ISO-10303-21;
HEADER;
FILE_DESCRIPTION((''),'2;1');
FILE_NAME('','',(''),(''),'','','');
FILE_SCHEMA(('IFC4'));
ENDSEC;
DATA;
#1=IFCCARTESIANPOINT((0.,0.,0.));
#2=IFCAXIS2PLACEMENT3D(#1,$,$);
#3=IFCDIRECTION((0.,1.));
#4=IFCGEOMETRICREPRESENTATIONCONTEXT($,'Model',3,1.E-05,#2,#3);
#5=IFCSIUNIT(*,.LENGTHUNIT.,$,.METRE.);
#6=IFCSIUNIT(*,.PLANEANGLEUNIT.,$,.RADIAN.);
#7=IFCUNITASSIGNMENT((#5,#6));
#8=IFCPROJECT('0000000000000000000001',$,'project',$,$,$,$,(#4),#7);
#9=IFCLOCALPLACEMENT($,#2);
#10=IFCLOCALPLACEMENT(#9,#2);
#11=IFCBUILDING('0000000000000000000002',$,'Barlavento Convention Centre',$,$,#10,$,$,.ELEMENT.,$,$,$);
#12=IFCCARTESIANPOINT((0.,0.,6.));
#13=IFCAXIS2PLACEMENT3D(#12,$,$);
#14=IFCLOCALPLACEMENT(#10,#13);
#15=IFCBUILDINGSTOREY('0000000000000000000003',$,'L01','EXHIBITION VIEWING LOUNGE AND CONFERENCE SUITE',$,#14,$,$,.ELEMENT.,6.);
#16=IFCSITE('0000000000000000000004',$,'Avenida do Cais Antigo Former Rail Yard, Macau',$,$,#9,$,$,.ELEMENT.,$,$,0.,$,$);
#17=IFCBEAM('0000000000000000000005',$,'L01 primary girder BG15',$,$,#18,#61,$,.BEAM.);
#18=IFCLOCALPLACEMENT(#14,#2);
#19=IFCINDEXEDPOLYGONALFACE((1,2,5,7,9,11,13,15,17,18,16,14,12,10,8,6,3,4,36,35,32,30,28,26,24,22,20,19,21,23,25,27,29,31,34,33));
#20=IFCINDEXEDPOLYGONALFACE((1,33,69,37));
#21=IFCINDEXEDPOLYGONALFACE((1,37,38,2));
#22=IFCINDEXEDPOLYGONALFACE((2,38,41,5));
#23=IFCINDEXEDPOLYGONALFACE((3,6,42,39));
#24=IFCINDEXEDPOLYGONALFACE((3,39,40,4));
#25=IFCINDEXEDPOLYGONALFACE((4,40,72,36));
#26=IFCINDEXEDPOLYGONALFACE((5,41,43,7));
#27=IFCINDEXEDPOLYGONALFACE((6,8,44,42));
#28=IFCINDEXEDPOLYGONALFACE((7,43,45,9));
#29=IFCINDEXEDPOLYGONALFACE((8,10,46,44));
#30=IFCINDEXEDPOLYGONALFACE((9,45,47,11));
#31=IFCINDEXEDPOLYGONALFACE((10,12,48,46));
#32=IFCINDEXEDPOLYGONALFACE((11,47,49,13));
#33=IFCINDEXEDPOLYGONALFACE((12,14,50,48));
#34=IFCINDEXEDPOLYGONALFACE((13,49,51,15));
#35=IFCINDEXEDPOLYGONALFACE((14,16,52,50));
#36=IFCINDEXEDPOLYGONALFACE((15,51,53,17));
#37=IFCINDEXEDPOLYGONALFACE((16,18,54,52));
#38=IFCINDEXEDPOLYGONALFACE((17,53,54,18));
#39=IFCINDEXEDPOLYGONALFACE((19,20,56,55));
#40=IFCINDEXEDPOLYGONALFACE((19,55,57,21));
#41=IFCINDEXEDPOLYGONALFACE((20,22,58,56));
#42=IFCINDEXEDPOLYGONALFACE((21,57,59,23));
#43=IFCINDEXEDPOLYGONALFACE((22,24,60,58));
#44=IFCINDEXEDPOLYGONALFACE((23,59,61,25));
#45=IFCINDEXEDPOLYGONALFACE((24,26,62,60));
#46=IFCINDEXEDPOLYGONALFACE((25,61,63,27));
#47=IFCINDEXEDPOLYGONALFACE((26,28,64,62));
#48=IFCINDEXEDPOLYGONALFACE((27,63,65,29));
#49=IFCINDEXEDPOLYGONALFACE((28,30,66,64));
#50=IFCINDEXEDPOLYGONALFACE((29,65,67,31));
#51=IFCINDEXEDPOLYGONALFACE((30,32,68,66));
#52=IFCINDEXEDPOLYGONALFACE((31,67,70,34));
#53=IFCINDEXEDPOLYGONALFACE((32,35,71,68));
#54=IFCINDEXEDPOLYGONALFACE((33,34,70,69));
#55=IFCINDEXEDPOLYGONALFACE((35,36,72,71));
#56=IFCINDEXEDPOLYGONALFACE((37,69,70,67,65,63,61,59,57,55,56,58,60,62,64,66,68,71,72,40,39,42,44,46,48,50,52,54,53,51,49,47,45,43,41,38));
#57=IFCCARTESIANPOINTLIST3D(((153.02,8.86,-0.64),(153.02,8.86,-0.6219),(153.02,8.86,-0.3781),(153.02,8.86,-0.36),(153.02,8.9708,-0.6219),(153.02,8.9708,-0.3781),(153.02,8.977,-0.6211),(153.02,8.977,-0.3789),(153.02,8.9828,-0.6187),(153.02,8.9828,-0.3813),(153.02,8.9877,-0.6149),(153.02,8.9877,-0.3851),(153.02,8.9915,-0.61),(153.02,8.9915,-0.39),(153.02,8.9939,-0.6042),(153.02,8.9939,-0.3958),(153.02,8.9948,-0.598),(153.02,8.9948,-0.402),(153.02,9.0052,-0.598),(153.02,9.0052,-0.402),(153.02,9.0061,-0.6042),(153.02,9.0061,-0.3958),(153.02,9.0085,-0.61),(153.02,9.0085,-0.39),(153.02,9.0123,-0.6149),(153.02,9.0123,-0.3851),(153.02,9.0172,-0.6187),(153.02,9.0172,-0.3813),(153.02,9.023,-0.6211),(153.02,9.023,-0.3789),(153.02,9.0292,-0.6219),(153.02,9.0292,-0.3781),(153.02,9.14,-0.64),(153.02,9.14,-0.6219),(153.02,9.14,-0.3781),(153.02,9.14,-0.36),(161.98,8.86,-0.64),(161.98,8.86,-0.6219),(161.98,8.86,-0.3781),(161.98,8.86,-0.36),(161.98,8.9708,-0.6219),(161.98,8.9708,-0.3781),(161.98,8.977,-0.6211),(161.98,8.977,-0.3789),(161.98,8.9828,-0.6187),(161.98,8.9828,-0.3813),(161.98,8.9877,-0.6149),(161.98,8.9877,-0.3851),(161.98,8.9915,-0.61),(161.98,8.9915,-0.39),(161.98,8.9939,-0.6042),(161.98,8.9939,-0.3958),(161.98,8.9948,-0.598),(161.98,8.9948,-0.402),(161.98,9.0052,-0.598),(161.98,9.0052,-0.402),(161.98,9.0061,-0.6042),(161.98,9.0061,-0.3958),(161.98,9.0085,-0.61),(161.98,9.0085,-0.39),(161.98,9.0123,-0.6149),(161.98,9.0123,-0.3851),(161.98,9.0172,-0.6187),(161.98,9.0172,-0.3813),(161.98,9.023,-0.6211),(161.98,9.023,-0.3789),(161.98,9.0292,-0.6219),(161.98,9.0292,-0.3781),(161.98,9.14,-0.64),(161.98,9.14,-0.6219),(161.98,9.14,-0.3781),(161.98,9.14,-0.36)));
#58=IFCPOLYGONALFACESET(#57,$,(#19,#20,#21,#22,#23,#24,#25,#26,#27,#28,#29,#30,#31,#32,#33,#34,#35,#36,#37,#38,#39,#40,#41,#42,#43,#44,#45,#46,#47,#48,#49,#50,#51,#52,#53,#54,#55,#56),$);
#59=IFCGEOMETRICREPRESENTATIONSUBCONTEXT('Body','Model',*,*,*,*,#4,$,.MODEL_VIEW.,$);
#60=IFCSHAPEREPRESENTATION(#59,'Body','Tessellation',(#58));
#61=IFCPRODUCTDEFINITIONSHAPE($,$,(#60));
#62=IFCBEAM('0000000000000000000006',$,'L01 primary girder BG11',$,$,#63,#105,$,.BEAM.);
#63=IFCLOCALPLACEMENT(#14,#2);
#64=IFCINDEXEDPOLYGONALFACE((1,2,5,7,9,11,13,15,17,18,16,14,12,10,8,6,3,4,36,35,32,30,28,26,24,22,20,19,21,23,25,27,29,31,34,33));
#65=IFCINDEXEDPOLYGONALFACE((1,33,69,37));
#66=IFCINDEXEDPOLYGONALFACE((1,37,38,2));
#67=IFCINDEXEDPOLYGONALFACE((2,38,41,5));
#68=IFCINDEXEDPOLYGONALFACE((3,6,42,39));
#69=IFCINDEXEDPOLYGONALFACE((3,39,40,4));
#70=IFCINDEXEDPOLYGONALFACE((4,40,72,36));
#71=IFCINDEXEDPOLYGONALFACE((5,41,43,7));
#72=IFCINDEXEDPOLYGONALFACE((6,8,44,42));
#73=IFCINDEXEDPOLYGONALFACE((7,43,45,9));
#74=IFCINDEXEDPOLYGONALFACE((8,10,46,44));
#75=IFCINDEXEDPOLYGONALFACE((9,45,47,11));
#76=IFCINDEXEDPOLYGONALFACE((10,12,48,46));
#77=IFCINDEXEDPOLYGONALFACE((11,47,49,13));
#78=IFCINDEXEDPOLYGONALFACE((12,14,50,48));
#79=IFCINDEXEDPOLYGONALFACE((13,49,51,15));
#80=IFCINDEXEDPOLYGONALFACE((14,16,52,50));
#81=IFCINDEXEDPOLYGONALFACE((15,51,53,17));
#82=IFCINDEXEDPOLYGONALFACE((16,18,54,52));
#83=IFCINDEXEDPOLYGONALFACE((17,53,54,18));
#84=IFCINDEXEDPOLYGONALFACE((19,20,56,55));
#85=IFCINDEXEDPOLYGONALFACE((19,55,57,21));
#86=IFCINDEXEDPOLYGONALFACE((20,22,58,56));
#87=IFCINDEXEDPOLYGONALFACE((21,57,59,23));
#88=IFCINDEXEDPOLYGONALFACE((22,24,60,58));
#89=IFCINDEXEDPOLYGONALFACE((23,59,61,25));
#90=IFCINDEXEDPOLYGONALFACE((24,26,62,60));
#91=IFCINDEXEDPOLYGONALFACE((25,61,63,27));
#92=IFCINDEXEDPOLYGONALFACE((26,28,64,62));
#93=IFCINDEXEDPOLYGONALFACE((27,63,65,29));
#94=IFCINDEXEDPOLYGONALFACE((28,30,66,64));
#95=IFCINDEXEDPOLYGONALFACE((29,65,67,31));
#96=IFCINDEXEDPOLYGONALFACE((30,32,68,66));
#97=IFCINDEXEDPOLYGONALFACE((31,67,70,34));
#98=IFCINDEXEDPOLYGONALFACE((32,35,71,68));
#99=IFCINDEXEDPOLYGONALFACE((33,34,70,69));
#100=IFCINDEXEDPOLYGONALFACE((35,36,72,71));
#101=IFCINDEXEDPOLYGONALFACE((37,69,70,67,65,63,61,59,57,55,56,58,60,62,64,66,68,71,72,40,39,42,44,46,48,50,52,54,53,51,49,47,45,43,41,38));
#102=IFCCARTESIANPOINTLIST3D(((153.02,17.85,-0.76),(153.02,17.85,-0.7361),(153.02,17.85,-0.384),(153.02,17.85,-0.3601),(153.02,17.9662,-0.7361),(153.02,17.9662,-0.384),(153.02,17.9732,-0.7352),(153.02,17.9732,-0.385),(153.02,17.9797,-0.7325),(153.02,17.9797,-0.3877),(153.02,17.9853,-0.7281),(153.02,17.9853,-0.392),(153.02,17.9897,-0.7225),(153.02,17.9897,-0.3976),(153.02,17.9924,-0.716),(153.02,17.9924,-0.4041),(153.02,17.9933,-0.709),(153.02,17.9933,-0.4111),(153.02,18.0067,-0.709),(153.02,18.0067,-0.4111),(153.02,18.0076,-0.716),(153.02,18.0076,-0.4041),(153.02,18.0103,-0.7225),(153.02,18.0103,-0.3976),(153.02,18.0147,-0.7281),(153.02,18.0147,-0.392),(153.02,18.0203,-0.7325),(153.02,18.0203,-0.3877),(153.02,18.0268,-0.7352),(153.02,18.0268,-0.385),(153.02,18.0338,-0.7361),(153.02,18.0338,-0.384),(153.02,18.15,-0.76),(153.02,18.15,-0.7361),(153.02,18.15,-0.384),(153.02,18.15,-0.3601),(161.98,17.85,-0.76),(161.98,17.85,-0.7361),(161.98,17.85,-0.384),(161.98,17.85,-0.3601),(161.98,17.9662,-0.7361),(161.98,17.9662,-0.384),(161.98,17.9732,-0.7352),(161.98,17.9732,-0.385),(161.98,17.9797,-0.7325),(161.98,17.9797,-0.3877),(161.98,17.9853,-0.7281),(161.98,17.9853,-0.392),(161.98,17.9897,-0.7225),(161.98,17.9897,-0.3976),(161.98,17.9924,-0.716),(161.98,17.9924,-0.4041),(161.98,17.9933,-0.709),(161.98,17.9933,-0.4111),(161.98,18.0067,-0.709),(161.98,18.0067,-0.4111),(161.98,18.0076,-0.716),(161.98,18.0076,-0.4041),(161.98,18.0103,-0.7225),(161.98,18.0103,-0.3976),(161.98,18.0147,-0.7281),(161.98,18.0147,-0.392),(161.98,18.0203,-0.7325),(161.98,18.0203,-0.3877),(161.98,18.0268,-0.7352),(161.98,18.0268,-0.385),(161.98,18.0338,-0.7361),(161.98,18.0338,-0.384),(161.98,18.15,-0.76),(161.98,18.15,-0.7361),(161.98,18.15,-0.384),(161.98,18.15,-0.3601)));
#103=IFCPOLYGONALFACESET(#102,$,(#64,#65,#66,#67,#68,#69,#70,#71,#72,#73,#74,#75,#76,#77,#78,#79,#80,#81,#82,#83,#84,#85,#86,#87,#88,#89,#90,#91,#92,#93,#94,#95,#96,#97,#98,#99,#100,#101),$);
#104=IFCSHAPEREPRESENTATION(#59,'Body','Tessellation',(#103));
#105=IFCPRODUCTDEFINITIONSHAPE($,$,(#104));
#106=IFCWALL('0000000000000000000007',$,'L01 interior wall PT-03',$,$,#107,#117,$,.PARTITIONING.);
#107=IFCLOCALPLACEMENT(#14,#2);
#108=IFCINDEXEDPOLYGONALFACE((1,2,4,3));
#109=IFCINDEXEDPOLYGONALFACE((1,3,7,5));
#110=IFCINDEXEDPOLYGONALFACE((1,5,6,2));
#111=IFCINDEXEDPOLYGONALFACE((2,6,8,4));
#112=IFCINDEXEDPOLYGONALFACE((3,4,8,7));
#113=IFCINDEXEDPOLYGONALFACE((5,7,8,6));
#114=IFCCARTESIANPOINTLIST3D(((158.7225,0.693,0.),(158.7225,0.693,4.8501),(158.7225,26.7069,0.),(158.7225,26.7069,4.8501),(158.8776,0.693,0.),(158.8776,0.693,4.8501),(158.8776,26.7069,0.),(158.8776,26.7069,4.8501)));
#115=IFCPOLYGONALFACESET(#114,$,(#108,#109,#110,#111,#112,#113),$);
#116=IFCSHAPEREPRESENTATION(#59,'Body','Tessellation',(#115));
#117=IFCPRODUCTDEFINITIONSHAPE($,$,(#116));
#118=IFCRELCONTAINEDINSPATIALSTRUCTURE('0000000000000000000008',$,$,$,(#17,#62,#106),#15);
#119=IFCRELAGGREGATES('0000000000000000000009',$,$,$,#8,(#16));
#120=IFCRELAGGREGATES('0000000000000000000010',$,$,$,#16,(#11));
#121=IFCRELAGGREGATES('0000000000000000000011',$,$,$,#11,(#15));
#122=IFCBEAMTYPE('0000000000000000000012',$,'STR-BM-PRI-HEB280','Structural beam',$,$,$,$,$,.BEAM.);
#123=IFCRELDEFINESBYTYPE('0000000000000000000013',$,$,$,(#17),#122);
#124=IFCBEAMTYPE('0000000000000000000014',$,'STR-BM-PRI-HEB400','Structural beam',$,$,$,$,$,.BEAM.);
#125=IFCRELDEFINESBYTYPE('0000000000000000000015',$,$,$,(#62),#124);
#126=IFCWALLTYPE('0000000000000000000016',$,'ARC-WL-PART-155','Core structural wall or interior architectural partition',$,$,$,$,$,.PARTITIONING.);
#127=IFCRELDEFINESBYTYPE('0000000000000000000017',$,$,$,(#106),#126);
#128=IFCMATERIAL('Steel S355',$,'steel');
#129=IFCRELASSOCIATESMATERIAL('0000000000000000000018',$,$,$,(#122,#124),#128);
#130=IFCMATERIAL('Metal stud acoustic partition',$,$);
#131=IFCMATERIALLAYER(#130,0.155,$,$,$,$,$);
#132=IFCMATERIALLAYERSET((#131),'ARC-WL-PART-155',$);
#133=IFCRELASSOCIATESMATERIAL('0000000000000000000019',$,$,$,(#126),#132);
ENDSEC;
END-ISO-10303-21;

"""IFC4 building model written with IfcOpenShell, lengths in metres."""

from ifc_helpers import new_model, si_unit, direction, frame, frame_2d, origin, origin_2d, place, context, subcontext, project, spatial, rectangle, i_section, extrude, material, layer, layer_set, material_profile, profile_set, type_object, element, save


model = new_model("IFC4")

# Units and contexts
model_context = context("Model", 3, precision=1e-05, world=origin(), true_north=direction((0.0, 1.0)))
body_context = subcontext(model_context, "Body", "Model", "MODEL_VIEW")
ifc_project = project(units=[si_unit("LENGTHUNIT", "METRE"), si_unit("PLANEANGLEUNIT", "RADIAN")], contexts=[model_context])

# Site, building, storey
site_placement = place(None, origin())
site = spatial("IfcSite", under=ifc_project, at=site_placement, Name="Avenida do Cais Antigo Former Rail Yard, Macau", CompositionType="ELEMENT", RefElevation=0.0)
building_placement = place(site_placement, origin())
building = spatial("IfcBuilding", under=site, at=building_placement, Name="Barlavento Convention Centre", CompositionType="ELEMENT")
storey_placement = place(building_placement, frame((0.0, 0.0, 6.0)))
storey = spatial("IfcBuildingStorey", under=building, at=storey_placement, Name="L01", Description="EXHIBITION VIEWING LOUNGE AND CONFERENCE SUITE", CompositionType="ELEMENT", Elevation=6.0)

# Shared definitions
ifc_material_1 = material(Name="Steel S355", Category="steel")

# Beams
ifc_material_profile_1 = material_profile(ifc_material_1, i_section(OverallWidth=0.28, OverallDepth=0.28, WebThickness=0.0105, FlangeThickness=0.0181, FilletRadius=0.0239, at=origin_2d()), Name="HEB 280")
ifc_profile_set_1 = profile_set([ifc_material_profile_1], Name="Steel S355")
beam_type_1 = type_object("IfcBeamType", Name="STR-BM-PRI-HEB280", Description="Structural beam", PredefinedType="BEAM", material=ifc_profile_set_1)
beam_1_placement = place(storey_placement, frame((153.02, 9.0, -0.5), z_axis=(1.0, 0.0, 0.0), x_axis=(0.0, 1.0, 0.0)))
element("IfcBeam", 1, at=beam_1_placement, inside=storey, type_object=beam_type_1, Name="L01 primary girder BG15", PredefinedType="BEAM", context=body_context, shape_type="SweptSolid", body=[
    extrude(i_section(OverallWidth=0.28, OverallDepth=0.28, WebThickness=0.0105, FlangeThickness=0.0181, FilletRadius=0.0239, at=origin_2d()), origin(), (0.0, 0.0, 1.0), 8.96),
])
ifc_material_profile_2 = material_profile(ifc_material_1, i_section(OverallWidth=0.3, OverallDepth=0.3999, WebThickness=0.0134, FlangeThickness=0.0239, FilletRadius=0.0271, at=origin_2d()), Name="HEB 400")
ifc_profile_set_2 = profile_set([ifc_material_profile_2], Name="Steel S355")
beam_type_2 = type_object("IfcBeamType", Name="STR-BM-PRI-HEB400", Description="Structural beam", PredefinedType="BEAM", material=ifc_profile_set_2)
beam_2_placement = place(storey_placement, frame((153.02, 18.0, -0.5601), z_axis=(1.0, 0.0, 0.0), x_axis=(0.0, 1.0, 0.0)))
element("IfcBeam", 2, at=beam_2_placement, inside=storey, type_object=beam_type_2, Name="L01 primary girder BG11", PredefinedType="BEAM", context=body_context, shape_type="SweptSolid", body=[
    extrude(i_section(OverallWidth=0.3, OverallDepth=0.3999, WebThickness=0.0134, FlangeThickness=0.0239, FilletRadius=0.0271, at=origin_2d()), origin(), (0.0, 0.0, 1.0), 8.96),
])

# Wall
ifc_material_2 = material(Name="Metal stud acoustic partition")
ifc_layer = layer(ifc_material_2, 0.155)
ifc_layer_set = layer_set([ifc_layer], Name="ARC-WL-PART-155")
wall_type = type_object("IfcWallType", Name="ARC-WL-PART-155", Description="Core structural wall or interior architectural partition", PredefinedType="PARTITIONING", material=ifc_layer_set)
wall_placement = place(storey_placement, frame((158.8, 0.6931, 0.0), z_axis=(0.0, 0.0, 1.0), x_axis=(0.0, 1.0, 0.0)))
element("IfcWall", 3, at=wall_placement, inside=storey, type_object=wall_type, Name="L01 interior wall PT-03", PredefinedType="PARTITIONING", context=body_context, shape_type="SweptSolid", body=[
    extrude(rectangle(XDim=26.0139, YDim=0.155, at=frame_2d((13.0068, 0.0))), origin(), (0.0, 0.0, 1.0), 4.8501),
])

save(model, "model.ifc")
